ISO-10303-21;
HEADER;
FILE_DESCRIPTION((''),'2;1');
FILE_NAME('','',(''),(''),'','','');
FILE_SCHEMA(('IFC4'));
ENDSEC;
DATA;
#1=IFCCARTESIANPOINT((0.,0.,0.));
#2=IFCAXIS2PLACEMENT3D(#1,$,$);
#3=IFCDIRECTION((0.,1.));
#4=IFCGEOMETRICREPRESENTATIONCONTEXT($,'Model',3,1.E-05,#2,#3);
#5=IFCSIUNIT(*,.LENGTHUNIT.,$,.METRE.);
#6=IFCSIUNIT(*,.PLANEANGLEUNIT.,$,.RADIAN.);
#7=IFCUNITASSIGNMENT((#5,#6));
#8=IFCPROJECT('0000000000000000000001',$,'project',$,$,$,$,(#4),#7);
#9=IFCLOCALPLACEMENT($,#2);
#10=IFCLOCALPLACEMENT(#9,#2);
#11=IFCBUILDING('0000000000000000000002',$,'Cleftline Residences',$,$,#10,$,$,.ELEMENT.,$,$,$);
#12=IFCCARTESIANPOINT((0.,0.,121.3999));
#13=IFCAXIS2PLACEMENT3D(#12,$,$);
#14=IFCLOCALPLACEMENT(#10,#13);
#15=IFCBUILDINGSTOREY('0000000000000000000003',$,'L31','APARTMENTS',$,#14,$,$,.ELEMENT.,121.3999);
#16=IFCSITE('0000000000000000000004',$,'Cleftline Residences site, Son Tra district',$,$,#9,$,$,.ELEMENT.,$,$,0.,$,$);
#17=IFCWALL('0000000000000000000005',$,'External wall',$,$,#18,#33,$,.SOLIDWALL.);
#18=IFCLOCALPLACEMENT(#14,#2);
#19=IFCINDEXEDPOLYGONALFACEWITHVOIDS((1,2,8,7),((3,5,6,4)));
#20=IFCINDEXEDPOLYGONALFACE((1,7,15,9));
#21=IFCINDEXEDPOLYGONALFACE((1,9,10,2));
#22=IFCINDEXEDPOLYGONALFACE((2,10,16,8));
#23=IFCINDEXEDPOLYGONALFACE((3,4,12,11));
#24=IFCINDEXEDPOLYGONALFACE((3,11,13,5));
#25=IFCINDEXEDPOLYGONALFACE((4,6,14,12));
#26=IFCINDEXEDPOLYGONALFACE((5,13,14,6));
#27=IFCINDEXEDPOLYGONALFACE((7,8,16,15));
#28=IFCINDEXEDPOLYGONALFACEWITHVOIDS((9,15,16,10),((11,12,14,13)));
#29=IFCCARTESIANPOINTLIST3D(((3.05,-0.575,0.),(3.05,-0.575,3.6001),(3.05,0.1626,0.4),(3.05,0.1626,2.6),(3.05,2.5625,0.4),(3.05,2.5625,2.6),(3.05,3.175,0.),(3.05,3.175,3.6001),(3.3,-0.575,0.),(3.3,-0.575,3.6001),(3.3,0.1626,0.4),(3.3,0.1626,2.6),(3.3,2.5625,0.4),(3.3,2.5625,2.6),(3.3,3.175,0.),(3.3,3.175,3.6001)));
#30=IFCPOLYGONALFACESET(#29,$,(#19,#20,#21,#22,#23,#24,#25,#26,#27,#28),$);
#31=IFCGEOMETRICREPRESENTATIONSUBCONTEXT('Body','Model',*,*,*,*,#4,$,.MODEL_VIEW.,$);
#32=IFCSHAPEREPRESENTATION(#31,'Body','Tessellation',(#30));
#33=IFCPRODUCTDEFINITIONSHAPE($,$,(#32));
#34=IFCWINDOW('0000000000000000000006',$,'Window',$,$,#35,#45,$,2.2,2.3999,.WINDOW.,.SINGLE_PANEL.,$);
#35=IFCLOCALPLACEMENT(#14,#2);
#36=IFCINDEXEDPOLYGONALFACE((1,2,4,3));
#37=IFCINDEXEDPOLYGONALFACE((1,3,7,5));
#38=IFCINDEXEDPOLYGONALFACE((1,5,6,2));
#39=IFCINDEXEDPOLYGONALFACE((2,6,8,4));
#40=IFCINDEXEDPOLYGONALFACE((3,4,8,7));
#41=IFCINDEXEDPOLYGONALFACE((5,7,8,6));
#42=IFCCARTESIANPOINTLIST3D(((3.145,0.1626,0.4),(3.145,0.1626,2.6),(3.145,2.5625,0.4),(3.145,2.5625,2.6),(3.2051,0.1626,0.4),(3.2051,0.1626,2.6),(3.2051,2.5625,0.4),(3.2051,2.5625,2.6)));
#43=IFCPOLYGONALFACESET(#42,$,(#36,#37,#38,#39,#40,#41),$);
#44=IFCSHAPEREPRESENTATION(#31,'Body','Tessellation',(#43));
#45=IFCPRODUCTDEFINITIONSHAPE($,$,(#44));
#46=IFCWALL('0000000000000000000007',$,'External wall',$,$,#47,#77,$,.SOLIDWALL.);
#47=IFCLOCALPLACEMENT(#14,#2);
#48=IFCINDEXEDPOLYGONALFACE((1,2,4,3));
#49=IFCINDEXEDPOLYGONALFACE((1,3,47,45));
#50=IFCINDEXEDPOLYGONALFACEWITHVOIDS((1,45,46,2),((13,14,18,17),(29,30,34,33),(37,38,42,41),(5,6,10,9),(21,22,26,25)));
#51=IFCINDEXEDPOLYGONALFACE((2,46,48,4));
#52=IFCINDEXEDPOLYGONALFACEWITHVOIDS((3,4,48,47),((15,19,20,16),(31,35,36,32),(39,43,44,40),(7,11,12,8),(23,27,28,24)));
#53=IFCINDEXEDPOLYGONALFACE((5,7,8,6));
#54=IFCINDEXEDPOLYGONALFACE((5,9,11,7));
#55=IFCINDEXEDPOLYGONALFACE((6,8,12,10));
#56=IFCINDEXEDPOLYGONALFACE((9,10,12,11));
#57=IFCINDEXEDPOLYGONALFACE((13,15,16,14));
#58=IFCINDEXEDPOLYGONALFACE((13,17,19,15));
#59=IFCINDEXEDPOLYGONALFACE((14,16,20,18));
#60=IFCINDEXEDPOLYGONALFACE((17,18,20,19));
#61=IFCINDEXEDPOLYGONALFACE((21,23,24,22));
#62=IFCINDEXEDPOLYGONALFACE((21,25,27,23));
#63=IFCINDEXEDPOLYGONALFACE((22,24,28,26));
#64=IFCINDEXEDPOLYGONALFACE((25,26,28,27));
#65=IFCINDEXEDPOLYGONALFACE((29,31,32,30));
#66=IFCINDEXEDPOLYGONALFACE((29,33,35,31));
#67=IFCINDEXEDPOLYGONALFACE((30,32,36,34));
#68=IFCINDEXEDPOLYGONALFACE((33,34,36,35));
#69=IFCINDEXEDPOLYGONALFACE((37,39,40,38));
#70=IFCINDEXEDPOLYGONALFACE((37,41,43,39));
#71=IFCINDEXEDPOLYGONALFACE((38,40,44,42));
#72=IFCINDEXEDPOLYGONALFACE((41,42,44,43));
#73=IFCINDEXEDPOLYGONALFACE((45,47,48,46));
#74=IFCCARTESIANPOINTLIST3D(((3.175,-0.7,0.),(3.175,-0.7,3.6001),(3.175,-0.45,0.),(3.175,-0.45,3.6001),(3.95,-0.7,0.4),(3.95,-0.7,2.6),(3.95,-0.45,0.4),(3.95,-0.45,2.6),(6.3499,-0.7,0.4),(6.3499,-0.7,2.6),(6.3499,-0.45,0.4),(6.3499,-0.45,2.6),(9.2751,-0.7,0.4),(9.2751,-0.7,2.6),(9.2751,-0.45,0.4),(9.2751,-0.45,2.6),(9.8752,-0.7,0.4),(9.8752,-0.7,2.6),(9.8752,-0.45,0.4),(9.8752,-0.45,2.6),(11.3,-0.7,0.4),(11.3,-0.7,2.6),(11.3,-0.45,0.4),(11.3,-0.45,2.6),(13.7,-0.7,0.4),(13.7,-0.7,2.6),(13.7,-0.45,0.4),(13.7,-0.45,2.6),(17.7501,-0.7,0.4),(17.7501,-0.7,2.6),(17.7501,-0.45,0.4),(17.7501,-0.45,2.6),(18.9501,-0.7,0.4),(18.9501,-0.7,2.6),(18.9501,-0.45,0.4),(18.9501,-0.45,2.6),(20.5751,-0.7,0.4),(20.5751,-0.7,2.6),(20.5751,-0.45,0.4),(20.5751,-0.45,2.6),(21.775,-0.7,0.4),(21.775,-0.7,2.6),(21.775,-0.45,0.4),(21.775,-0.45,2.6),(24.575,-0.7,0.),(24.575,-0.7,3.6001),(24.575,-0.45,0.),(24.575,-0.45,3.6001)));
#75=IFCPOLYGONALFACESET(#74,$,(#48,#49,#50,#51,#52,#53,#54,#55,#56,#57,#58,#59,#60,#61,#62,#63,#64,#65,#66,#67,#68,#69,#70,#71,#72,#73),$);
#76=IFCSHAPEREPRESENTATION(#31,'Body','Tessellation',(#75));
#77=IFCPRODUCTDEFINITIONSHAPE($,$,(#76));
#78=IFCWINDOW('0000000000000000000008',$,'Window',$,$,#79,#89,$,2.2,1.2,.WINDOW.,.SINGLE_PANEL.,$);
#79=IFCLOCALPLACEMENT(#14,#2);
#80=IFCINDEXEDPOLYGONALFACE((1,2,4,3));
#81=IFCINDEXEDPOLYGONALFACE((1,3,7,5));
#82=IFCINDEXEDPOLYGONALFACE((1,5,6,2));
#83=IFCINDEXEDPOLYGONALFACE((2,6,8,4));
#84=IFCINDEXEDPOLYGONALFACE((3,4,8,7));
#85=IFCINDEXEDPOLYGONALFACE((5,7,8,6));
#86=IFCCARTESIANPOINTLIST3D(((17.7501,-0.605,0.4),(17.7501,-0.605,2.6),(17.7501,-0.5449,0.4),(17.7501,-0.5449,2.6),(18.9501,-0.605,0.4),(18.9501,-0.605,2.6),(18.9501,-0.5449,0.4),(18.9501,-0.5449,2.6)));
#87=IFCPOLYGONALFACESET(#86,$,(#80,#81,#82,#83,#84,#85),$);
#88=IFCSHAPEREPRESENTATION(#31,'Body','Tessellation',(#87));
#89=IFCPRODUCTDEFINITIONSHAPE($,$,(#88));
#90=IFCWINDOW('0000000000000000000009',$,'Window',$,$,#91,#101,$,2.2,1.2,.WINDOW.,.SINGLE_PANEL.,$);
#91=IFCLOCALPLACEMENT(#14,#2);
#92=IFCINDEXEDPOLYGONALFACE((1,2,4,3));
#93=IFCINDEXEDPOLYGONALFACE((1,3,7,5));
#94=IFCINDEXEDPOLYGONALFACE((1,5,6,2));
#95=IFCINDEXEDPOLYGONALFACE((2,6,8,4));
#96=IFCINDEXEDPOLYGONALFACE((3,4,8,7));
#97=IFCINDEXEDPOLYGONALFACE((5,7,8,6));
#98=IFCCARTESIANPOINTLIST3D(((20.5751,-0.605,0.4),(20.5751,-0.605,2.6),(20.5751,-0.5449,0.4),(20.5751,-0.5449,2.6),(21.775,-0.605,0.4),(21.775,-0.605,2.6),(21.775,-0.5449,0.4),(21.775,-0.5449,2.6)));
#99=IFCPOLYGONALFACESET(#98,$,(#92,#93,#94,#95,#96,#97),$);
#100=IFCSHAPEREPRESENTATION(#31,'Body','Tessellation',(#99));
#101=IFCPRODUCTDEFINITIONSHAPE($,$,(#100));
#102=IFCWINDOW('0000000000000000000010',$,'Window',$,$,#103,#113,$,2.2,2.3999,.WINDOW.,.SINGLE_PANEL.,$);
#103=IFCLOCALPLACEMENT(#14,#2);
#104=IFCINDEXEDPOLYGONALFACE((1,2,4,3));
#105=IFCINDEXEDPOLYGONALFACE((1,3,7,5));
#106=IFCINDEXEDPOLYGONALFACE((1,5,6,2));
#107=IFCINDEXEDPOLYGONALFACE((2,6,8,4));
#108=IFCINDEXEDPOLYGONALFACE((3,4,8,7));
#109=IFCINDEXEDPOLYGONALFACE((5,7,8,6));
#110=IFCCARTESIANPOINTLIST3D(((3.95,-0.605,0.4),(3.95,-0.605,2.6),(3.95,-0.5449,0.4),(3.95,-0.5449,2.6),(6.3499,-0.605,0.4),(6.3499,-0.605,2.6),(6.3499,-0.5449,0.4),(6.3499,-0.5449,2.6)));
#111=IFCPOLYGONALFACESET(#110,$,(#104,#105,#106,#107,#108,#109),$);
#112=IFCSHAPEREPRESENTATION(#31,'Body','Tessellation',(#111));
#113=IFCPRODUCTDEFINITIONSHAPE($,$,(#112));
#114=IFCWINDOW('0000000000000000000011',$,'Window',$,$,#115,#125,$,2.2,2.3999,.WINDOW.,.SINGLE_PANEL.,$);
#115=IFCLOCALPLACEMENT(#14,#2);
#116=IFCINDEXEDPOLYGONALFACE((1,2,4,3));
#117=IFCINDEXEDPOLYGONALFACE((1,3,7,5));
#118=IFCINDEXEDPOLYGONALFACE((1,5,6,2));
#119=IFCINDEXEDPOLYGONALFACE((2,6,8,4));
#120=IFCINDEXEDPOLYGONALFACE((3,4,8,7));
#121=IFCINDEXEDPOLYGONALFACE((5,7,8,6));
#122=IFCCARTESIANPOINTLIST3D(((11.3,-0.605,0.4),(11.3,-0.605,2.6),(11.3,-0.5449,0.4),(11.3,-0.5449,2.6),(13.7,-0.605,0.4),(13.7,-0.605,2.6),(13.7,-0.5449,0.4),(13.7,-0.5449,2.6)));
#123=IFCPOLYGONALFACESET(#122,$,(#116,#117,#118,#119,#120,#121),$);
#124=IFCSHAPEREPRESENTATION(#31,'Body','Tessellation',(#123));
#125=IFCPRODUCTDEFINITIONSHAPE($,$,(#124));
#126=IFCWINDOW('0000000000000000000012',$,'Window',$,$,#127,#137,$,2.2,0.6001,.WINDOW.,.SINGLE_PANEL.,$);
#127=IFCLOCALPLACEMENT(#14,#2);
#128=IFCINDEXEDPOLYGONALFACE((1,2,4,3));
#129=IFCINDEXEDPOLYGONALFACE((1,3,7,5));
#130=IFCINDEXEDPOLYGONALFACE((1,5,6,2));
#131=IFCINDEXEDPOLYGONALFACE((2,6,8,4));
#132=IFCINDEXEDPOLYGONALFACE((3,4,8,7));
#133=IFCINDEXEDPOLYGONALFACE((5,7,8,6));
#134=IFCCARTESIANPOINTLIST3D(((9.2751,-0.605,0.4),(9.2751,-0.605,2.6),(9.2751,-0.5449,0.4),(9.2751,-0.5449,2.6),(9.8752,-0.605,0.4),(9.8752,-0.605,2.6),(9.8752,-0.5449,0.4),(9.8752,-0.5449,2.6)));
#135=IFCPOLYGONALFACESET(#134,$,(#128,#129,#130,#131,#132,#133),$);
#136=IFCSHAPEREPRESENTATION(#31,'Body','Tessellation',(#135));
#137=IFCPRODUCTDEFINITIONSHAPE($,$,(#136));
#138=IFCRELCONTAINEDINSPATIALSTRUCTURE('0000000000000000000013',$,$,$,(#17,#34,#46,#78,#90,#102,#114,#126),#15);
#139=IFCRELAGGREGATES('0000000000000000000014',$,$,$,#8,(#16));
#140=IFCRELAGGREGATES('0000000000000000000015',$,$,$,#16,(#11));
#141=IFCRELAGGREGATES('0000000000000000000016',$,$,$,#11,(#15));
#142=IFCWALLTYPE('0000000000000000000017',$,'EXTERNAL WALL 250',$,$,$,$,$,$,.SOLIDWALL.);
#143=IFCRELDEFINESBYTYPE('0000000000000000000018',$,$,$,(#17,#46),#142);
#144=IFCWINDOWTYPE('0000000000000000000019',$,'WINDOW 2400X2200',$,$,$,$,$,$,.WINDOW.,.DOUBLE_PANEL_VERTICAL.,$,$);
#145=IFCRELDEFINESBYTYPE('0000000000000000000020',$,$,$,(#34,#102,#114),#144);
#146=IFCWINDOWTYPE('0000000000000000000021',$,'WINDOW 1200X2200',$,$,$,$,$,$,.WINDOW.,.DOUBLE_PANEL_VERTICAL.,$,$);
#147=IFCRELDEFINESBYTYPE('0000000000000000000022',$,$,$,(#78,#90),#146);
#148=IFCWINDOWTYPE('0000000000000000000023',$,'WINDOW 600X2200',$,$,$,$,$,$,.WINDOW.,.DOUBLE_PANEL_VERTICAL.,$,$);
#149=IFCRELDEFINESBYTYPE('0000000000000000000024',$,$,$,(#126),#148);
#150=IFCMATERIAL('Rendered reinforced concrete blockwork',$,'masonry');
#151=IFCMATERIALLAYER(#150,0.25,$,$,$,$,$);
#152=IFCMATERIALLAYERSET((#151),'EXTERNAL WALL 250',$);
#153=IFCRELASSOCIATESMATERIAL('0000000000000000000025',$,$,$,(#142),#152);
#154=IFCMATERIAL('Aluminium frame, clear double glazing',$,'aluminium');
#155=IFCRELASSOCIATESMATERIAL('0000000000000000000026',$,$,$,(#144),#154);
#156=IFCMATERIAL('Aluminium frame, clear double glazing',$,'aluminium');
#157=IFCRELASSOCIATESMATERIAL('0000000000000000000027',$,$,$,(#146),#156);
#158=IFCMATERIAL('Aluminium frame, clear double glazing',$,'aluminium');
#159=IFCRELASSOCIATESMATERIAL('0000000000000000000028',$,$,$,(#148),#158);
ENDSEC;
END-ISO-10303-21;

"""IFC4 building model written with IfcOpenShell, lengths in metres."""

from ifc_helpers import new_model, si_unit, direction, frame, frame_2d, origin, place, context, subcontext, project, spatial, rectangle, extrude, material, layer, layer_set, type_object, element, fill, save


model = new_model("IFC4")

# Units and contexts
model_context = context("Model", 3, precision=1e-05, world=origin(), true_north=direction((0.0, 1.0)))
body_context = subcontext(model_context, "Body", "Model", "MODEL_VIEW")
ifc_project = project(units=[si_unit("LENGTHUNIT", "METRE"), si_unit("PLANEANGLEUNIT", "RADIAN")], contexts=[model_context])

# Site, building, storey
site_placement = place(None, origin())
site = spatial("IfcSite", under=ifc_project, at=site_placement, Name="Cleftline Residences site, Son Tra district", CompositionType="ELEMENT", RefElevation=0.0)
building_placement = place(site_placement, origin())
building = spatial("IfcBuilding", under=site, at=building_placement, Name="Cleftline Residences", CompositionType="ELEMENT")
storey_placement = place(building_placement, frame((0.0, 0.0, 121.3999)))
storey = spatial("IfcBuildingStorey", under=building, at=storey_placement, Name="L31", Description="APARTMENTS", CompositionType="ELEMENT", Elevation=121.3999)

# Wall, opening, window
ifc_material_1 = material(Name="Rendered reinforced concrete blockwork", Category="masonry")
ifc_layer_1 = layer(ifc_material_1, 0.25)
ifc_layer_set_1 = layer_set([ifc_layer_1], Name="EXTERNAL WALL 250")
wall_type_1 = type_object("IfcWallType", Name="EXTERNAL WALL 250", PredefinedType="SOLIDWALL", material=ifc_layer_set_1)
wall_1_placement = place(storey_placement, frame((3.175, 3.175, 0.0), z_axis=(0.0, 0.0, 1.0), x_axis=(0.0, -1.0, 0.0)))
wall_1 = element("IfcWall", 1, at=wall_1_placement, inside=storey, type_object=wall_type_1, Name="External wall", PredefinedType="SOLIDWALL", context=body_context, shape_type="SweptSolid", body=[
    extrude(rectangle(XDim=3.75, YDim=0.25, at=frame_2d((1.875, 0.0))), origin(), (0.0, 0.0, 1.0), 3.6001),
])
opening_1_placement = place(wall_1_placement, frame((0.6125, 0.0, 0.3999)))
opening_1 = element("IfcOpeningElement", 2, at=opening_1_placement, cuts=wall_1, PredefinedType="OPENING", context=body_context, shape_type="SweptSolid", body=[
    extrude(rectangle(XDim=2.3999, YDim=2.2, at=frame_2d((1.2, 1.1001))), frame((0.0, 0.135, 0.0), z_axis=(0.0, -1.0, 0.0), x_axis=(1.0, 0.0, 0.0)), (0.0, 0.0, 1.0), 0.27),
])
ifc_material_2 = material(Name="Aluminium frame, clear double glazing", Category="aluminium")
window_type_1 = type_object("IfcWindowType", Name="WINDOW 2400X2200", PartitioningType="DOUBLE_PANEL_VERTICAL", PredefinedType="WINDOW", material=ifc_material_2)
window_1_placement = place(opening_1_placement, origin())
window_1 = element("IfcWindow", 3, at=window_1_placement, inside=storey, type_object=window_type_1, Name="Window", OverallHeight=2.2, OverallWidth=2.3999, PartitioningType="SINGLE_PANEL", PredefinedType="WINDOW", context=body_context, shape_type="SweptSolid", body=[
    extrude(rectangle(XDim=2.3999, YDim=2.2, at=frame_2d((1.2, 1.1001))), frame((0.0, 0.03, 0.0), z_axis=(0.0, -1.0, 0.0), x_axis=(1.0, 0.0, 0.0)), (0.0, 0.0, 1.0), 0.0601),
])
fill(opening_1, window_1)

# Wall, openings, windows
wall_2_placement = place(storey_placement, frame((3.175, -0.575, 0.0), z_axis=(0.0, 0.0, 1.0), x_axis=(1.0, 0.0, 0.0)))
wall_2 = element("IfcWall", 4, at=wall_2_placement, inside=storey, type_object=wall_type_1, Name="External wall", PredefinedType="SOLIDWALL", context=body_context, shape_type="SweptSolid", body=[
    extrude(rectangle(XDim=21.3999, YDim=0.25, at=frame_2d((10.7, 0.0))), origin(), (0.0, 0.0, 1.0), 3.6001),
])
opening_2_placement = place(wall_2_placement, frame((0.7749, 0.0, 0.3999)))
opening_2 = element("IfcOpeningElement", 5, at=opening_2_placement, cuts=wall_2, PredefinedType="OPENING", context=body_context, shape_type="SweptSolid", body=[
    extrude(rectangle(XDim=2.3999, YDim=2.2, at=frame_2d((1.2, 1.1001))), frame((0.0, 0.135, 0.0), z_axis=(0.0, -1.0, 0.0), x_axis=(1.0, 0.0, 0.0)), (0.0, 0.0, 1.0), 0.27),
])
opening_3_placement = place(wall_2_placement, frame((6.1001, 0.0, 0.3999)))
opening_3 = element("IfcOpeningElement", 6, at=opening_3_placement, cuts=wall_2, PredefinedType="OPENING", context=body_context, shape_type="SweptSolid", body=[
    extrude(rectangle(XDim=0.6001, YDim=2.2, at=frame_2d((0.3, 1.1001))), frame((0.0, 0.135, 0.0), z_axis=(0.0, -1.0, 0.0), x_axis=(1.0, 0.0, 0.0)), (0.0, 0.0, 1.0), 0.27),
])
opening_4_placement = place(wall_2_placement, frame((8.125, 0.0, 0.3999)))
opening_4 = element("IfcOpeningElement", 7, at=opening_4_placement, cuts=wall_2, PredefinedType="OPENING", context=body_context, shape_type="SweptSolid", body=[
    extrude(rectangle(XDim=2.3999, YDim=2.2, at=frame_2d((1.2, 1.1001))), frame((0.0, 0.135, 0.0), z_axis=(0.0, -1.0, 0.0), x_axis=(1.0, 0.0, 0.0)), (0.0, 0.0, 1.0), 0.27),
])
opening_5_placement = place(wall_2_placement, frame((14.575, 0.0, 0.3999)))
opening_5 = element("IfcOpeningElement", 8, at=opening_5_placement, cuts=wall_2, PredefinedType="OPENING", context=body_context, shape_type="SweptSolid", body=[
    extrude(rectangle(XDim=1.2, YDim=2.2, at=frame_2d((0.6001, 1.1001))), frame((0.0, 0.135, 0.0), z_axis=(0.0, -1.0, 0.0), x_axis=(1.0, 0.0, 0.0)), (0.0, 0.0, 1.0), 0.27),
])
opening_6_placement = place(wall_2_placement, frame((17.3999, 0.0, 0.3999)))
opening_6 = element("IfcOpeningElement", 9, at=opening_6_placement, cuts=wall_2, PredefinedType="OPENING", context=body_context, shape_type="SweptSolid", body=[
    extrude(rectangle(XDim=1.2, YDim=2.2, at=frame_2d((0.6001, 1.1001))), frame((0.0, 0.135, 0.0), z_axis=(0.0, -1.0, 0.0), x_axis=(1.0, 0.0, 0.0)), (0.0, 0.0, 1.0), 0.27),
])
ifc_material_3 = material(Name="Aluminium frame, clear double glazing", Category="aluminium")
window_type_2 = type_object("IfcWindowType", Name="WINDOW 1200X2200", PartitioningType="DOUBLE_PANEL_VERTICAL", PredefinedType="WINDOW", material=ifc_material_3)
window_2_placement = place(opening_5_placement, origin())
window_2 = element("IfcWindow", 10, at=window_2_placement, inside=storey, type_object=window_type_2, Name="Window", OverallHeight=2.2, OverallWidth=1.2, PartitioningType="SINGLE_PANEL", PredefinedType="WINDOW", context=body_context, shape_type="SweptSolid", body=[
    extrude(rectangle(XDim=1.2, YDim=2.2, at=frame_2d((0.6001, 1.1001))), frame((0.0, 0.03, 0.0), z_axis=(0.0, -1.0, 0.0), x_axis=(1.0, 0.0, 0.0)), (0.0, 0.0, 1.0), 0.0601),
])
fill(opening_5, window_2)
window_3_placement = place(opening_6_placement, origin())
window_3 = element("IfcWindow", 11, at=window_3_placement, inside=storey, type_object=window_type_2, Name="Window", OverallHeight=2.2, OverallWidth=1.2, PartitioningType="SINGLE_PANEL", PredefinedType="WINDOW", context=body_context, shape_type="SweptSolid", body=[
    extrude(rectangle(XDim=1.2, YDim=2.2, at=frame_2d((0.6001, 1.1001))), frame((0.0, 0.03, 0.0), z_axis=(0.0, -1.0, 0.0), x_axis=(1.0, 0.0, 0.0)), (0.0, 0.0, 1.0), 0.0601),
])
fill(opening_6, window_3)
window_4_placement = place(opening_2_placement, origin())
window_4 = element("IfcWindow", 12, at=window_4_placement, inside=storey, type_object=window_type_1, Name="Window", OverallHeight=2.2, OverallWidth=2.3999, PartitioningType="SINGLE_PANEL", PredefinedType="WINDOW", context=body_context, shape_type="SweptSolid", body=[
    extrude(rectangle(XDim=2.3999, YDim=2.2, at=frame_2d((1.2, 1.1001))), frame((0.0, 0.03, 0.0), z_axis=(0.0, -1.0, 0.0), x_axis=(1.0, 0.0, 0.0)), (0.0, 0.0, 1.0), 0.0601),
])
fill(opening_2, window_4)
window_5_placement = place(opening_4_placement, origin())
window_5 = element("IfcWindow", 13, at=window_5_placement, inside=storey, type_object=window_type_1, Name="Window", OverallHeight=2.2, OverallWidth=2.3999, PartitioningType="SINGLE_PANEL", PredefinedType="WINDOW", context=body_context, shape_type="SweptSolid", body=[
    extrude(rectangle(XDim=2.3999, YDim=2.2, at=frame_2d((1.2, 1.1001))), frame((0.0, 0.03, 0.0), z_axis=(0.0, -1.0, 0.0), x_axis=(1.0, 0.0, 0.0)), (0.0, 0.0, 1.0), 0.0601),
])
fill(opening_4, window_5)
ifc_material_4 = material(Name="Aluminium frame, clear double glazing", Category="aluminium")
window_type_3 = type_object("IfcWindowType", Name="WINDOW 600X2200", PartitioningType="DOUBLE_PANEL_VERTICAL", PredefinedType="WINDOW", material=ifc_material_4)
window_6_placement = place(opening_3_placement, origin())
window_6 = element("IfcWindow", 14, at=window_6_placement, inside=storey, type_object=window_type_3, Name="Window", OverallHeight=2.2, OverallWidth=0.6001, PartitioningType="SINGLE_PANEL", PredefinedType="WINDOW", context=body_context, shape_type="SweptSolid", body=[
    extrude(rectangle(XDim=0.6001, YDim=2.2, at=frame_2d((0.3, 1.1001))), frame((0.0, 0.03, 0.0), z_axis=(0.0, -1.0, 0.0), x_axis=(1.0, 0.0, 0.0)), (0.0, 0.0, 1.0), 0.0601),
])
fill(opening_3, window_6)

save(model, "model.ifc")
